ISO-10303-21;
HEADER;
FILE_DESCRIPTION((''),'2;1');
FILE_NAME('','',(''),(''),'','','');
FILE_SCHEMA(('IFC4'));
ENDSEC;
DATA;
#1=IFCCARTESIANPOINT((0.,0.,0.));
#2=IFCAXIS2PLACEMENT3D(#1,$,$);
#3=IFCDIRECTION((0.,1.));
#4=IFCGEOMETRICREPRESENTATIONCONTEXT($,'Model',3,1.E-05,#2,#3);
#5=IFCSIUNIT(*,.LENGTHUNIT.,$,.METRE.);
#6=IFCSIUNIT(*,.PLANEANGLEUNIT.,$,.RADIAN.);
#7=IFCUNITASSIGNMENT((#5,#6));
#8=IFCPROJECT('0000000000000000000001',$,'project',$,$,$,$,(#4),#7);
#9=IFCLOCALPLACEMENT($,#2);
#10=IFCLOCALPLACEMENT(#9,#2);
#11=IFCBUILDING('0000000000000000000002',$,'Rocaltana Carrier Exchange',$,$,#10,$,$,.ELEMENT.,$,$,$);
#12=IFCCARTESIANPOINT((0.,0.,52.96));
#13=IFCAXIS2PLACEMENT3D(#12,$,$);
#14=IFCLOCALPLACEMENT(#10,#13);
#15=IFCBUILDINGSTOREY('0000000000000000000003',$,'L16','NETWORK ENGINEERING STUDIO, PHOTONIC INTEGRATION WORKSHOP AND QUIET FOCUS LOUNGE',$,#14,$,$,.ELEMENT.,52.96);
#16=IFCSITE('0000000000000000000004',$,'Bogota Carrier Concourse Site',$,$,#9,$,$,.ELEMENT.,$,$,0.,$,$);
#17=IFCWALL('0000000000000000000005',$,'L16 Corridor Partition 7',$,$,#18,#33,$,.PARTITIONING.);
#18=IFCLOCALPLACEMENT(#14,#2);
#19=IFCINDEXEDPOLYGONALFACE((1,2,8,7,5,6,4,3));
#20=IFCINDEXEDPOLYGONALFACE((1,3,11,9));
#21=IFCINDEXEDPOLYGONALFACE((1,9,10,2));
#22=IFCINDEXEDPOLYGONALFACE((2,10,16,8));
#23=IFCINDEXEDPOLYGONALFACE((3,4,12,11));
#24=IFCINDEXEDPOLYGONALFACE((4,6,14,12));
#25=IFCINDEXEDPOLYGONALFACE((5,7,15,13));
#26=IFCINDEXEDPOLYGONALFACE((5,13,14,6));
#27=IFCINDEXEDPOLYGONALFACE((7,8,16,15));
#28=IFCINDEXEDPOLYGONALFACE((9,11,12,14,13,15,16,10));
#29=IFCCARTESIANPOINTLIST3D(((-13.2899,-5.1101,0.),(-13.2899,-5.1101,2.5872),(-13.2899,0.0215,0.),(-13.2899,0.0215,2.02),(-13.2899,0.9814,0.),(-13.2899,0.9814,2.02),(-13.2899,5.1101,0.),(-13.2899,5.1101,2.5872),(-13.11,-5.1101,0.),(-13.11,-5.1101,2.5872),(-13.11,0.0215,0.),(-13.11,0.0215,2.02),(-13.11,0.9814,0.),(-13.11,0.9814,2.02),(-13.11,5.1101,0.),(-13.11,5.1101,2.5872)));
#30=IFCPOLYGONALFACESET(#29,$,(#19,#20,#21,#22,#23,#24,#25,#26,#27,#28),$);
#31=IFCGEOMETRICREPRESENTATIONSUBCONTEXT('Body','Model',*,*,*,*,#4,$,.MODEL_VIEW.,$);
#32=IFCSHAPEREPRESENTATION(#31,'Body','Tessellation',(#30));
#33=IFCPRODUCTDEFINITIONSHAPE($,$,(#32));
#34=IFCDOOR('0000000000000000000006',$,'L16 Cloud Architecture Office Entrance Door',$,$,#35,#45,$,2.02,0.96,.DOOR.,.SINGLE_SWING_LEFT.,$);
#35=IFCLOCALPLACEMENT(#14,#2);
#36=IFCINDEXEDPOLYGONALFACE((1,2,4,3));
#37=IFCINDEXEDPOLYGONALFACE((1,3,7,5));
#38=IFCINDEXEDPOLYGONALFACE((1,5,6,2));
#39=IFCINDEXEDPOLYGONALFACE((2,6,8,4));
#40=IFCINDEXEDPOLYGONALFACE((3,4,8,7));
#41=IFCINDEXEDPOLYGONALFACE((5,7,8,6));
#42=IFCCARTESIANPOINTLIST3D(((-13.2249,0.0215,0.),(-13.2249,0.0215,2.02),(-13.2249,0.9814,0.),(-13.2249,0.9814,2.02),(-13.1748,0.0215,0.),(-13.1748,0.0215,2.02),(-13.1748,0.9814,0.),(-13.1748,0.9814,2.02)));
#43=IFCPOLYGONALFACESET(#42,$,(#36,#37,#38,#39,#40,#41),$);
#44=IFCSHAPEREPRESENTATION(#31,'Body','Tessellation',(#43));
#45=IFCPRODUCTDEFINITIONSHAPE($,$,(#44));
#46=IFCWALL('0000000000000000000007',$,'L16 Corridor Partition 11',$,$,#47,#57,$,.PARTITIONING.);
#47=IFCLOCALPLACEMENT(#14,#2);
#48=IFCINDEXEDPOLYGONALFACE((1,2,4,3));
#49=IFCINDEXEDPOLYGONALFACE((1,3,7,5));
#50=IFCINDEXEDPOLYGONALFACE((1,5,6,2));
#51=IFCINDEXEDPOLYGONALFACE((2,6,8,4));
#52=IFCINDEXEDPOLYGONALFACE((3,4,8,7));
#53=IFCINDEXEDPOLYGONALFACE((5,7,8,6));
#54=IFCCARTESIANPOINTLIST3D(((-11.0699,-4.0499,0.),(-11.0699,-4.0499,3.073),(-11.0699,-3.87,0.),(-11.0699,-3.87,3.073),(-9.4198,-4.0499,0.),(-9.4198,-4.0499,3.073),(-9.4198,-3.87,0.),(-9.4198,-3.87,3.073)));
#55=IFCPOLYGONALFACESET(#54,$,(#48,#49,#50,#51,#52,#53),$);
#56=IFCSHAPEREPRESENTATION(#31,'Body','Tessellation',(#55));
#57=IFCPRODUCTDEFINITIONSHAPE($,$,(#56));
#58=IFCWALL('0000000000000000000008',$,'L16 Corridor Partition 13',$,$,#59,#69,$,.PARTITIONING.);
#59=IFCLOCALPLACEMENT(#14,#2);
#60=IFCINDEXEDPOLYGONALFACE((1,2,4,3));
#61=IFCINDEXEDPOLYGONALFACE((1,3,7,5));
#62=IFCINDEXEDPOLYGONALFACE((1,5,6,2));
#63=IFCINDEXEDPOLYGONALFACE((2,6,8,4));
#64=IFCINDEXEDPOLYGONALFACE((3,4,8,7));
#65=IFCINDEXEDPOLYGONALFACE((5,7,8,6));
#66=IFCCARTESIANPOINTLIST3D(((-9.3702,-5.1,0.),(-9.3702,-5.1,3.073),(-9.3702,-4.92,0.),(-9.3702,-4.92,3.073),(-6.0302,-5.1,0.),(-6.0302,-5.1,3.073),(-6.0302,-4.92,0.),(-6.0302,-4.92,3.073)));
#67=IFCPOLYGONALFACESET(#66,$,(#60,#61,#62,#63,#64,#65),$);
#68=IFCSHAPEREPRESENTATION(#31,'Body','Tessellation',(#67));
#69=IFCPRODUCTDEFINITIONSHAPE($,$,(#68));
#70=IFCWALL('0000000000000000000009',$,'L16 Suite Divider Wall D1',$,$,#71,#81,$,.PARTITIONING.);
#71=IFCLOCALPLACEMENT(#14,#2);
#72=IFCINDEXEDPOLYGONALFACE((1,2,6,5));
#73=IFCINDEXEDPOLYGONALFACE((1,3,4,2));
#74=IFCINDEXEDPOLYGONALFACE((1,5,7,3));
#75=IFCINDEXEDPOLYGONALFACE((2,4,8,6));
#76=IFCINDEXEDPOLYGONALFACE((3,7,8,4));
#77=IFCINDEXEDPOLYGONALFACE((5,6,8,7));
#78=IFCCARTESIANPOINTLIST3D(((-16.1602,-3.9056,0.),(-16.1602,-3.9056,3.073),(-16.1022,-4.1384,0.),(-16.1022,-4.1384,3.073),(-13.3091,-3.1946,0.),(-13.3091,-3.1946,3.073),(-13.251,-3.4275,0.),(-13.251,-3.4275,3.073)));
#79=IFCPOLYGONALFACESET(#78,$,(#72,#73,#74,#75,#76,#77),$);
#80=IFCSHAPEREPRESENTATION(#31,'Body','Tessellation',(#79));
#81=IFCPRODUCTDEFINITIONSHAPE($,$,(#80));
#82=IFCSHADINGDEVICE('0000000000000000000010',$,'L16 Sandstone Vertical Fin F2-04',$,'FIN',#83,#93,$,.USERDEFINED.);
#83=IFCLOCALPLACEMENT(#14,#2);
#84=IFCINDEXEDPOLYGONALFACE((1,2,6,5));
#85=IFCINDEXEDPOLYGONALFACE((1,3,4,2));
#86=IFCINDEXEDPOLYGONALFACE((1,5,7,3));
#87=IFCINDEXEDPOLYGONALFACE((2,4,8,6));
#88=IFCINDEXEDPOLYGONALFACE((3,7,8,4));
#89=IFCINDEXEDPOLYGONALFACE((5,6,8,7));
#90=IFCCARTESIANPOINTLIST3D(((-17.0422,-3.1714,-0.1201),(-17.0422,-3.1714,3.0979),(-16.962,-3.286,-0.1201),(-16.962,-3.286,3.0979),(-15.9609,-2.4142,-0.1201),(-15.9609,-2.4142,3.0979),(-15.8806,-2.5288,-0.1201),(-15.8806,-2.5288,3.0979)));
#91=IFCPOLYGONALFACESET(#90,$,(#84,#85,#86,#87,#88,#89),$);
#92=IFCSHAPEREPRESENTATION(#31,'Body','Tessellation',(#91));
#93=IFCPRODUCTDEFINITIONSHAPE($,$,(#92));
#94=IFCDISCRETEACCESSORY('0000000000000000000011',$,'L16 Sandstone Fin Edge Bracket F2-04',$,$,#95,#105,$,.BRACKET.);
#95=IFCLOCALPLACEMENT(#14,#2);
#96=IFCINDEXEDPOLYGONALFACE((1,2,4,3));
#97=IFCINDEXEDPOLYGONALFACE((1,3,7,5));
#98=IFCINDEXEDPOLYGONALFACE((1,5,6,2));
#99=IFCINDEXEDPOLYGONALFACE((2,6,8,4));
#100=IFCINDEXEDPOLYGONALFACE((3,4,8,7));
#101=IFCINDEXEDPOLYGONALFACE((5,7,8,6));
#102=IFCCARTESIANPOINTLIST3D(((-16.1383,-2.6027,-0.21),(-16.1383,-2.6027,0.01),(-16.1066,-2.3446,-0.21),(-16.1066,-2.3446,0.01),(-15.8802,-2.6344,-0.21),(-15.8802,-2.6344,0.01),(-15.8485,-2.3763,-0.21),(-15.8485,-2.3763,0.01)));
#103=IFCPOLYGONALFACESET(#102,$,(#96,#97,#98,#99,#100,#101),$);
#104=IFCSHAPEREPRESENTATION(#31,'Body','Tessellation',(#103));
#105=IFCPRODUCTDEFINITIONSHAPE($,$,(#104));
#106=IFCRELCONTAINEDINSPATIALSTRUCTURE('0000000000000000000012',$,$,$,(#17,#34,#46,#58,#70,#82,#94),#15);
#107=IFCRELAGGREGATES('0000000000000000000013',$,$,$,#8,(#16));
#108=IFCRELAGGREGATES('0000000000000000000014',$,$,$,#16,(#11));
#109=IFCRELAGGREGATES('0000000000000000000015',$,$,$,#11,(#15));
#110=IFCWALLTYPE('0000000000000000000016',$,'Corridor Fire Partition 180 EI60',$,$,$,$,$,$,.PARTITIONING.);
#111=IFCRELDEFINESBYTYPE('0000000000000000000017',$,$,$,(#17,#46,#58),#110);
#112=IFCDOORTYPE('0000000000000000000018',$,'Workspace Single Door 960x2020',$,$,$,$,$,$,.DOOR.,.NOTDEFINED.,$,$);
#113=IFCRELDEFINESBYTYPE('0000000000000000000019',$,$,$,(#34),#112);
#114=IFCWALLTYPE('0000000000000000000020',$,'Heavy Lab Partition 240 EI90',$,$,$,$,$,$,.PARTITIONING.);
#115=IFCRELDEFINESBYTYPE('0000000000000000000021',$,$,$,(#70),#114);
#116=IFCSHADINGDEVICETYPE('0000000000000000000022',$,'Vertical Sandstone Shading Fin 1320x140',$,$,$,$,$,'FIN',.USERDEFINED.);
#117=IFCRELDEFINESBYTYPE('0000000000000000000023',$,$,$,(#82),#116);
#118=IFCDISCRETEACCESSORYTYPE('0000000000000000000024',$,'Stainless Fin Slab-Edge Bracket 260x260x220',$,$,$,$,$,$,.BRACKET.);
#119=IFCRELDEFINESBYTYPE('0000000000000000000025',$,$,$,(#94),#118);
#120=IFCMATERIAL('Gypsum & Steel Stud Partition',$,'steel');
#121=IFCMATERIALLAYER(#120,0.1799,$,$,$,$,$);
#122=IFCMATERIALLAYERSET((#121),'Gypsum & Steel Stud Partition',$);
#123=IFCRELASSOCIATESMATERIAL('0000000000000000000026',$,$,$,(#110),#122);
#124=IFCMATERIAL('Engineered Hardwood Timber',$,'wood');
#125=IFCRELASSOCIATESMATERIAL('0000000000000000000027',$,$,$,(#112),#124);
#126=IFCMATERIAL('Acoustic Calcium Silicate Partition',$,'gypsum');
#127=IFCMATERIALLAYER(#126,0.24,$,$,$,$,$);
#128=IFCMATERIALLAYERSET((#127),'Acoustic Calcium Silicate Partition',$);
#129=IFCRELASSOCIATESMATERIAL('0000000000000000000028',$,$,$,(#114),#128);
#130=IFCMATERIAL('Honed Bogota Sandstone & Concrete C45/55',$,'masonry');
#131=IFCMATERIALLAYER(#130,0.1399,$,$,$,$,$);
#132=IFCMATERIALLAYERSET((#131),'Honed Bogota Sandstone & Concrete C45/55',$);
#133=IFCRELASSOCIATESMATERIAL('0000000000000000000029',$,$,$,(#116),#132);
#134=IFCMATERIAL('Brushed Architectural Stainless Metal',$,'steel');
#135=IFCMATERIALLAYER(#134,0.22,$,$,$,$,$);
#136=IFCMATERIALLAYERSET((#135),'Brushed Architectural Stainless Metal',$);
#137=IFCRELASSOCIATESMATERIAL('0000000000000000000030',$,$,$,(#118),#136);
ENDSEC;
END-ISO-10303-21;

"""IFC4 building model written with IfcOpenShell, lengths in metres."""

from ifc_helpers import new_model, si_unit, direction, frame, frame_2d, origin, origin_2d, place, context, subcontext, project, spatial, rectangle, extrude, material, layer, layer_set, type_object, element, fill, save


model = new_model("IFC4")

# Units and contexts
model_context = context("Model", 3, precision=1e-05, world=origin(), true_north=direction((0.0, 1.0)))
body_context = subcontext(model_context, "Body", "Model", "MODEL_VIEW")
ifc_project = project(units=[si_unit("LENGTHUNIT", "METRE"), si_unit("PLANEANGLEUNIT", "RADIAN")], contexts=[model_context])

# Site, building, storey
site_placement = place(None, origin())
site = spatial("IfcSite", under=ifc_project, at=site_placement, Name="Bogota Carrier Concourse Site", CompositionType="ELEMENT", RefElevation=0.0)
building_placement = place(site_placement, origin())
building = spatial("IfcBuilding", under=site, at=building_placement, Name="Rocaltana Carrier Exchange", CompositionType="ELEMENT")
storey_placement = place(building_placement, frame((0.0, 0.0, 52.96)))
storey = spatial("IfcBuildingStorey", under=building, at=storey_placement, Name="L16", Description="NETWORK ENGINEERING STUDIO, PHOTONIC INTEGRATION WORKSHOP AND QUIET FOCUS LOUNGE", CompositionType="ELEMENT", Elevation=52.96)

# Wall, opening, door
ifc_material_1 = material(Name="Gypsum & Steel Stud Partition", Category="steel")
ifc_layer_1 = layer(ifc_material_1, 0.1799)
ifc_layer_set_1 = layer_set([ifc_layer_1], Name="Gypsum & Steel Stud Partition")
wall_type_1 = type_object("IfcWallType", Name="Corridor Fire Partition 180 EI60", PredefinedType="PARTITIONING", material=ifc_layer_set_1)
wall_1_placement = place(storey_placement, frame((-13.2, -5.1101, 0.0), z_axis=(0.0, 0.0, 1.0), x_axis=(0.0, 1.0, 0.0)))
wall_1 = element("IfcWall", 1, at=wall_1_placement, inside=storey, type_object=wall_type_1, Name="L16 Corridor Partition 7", PredefinedType="PARTITIONING", context=body_context, shape_type="SweptSolid", body=[
    extrude(rectangle(XDim=10.2202, YDim=0.1799, at=frame_2d((5.1101, 0.0))), origin(), (0.0, 0.0, 1.0), 2.5872),
])
opening_placement = place(wall_1_placement, frame((5.1316, 0.0, 0.0)))
opening = element("IfcOpeningElement", 2, at=opening_placement, cuts=wall_1, PredefinedType="OPENING", context=body_context, shape_type="SweptSolid", body=[
    extrude(rectangle(XDim=0.96, YDim=2.02, at=frame_2d((0.48, 1.01))), frame((0.0, 0.0999, 0.0), z_axis=(0.0, -1.0, 0.0), x_axis=(1.0, 0.0, 0.0)), (0.0, 0.0, 1.0), 0.2),
])
ifc_material_2 = material(Name="Engineered Hardwood Timber", Category="wood")
door_type = type_object("IfcDoorType", Name="Workspace Single Door 960x2020", OperationType="NOTDEFINED", PredefinedType="DOOR", material=ifc_material_2)
door_placement = place(opening_placement, origin())
door = element("IfcDoor", 3, at=door_placement, inside=storey, type_object=door_type, Name="L16 Cloud Architecture Office Entrance Door", OperationType="SINGLE_SWING_LEFT", OverallHeight=2.02, OverallWidth=0.96, PredefinedType="DOOR", context=body_context, shape_type="SweptSolid", body=[
    extrude(rectangle(XDim=0.96, YDim=2.02, at=frame_2d((0.48, 1.01))), frame((0.0, 0.0249, 0.0), z_axis=(0.0, -1.0, 0.0), x_axis=(1.0, 0.0, 0.0)), (0.0, 0.0, 1.0), 0.05),
])
fill(opening, door)

# Walls
wall_2_placement = place(storey_placement, frame((-11.0701, -3.96, 0.0), z_axis=(0.0, 0.0, 1.0), x_axis=(1.0, 0.0, 0.0)))
element("IfcWall", 4, at=wall_2_placement, inside=storey, type_object=wall_type_1, Name="L16 Corridor Partition 11", PredefinedType="PARTITIONING", context=body_context, shape_type="SweptSolid", body=[
    extrude(rectangle(XDim=1.6501, YDim=0.1799, at=frame_2d((0.8252, 0.0))), origin(), (0.0, 0.0, 1.0), 3.073),
])
wall_3_placement = place(storey_placement, frame((-9.3701, -5.01, 0.0), z_axis=(0.0, 0.0, 1.0), x_axis=(1.0, 0.0, 0.0)))
element("IfcWall", 5, at=wall_3_placement, inside=storey, type_object=wall_type_1, Name="L16 Corridor Partition 13", PredefinedType="PARTITIONING", context=body_context, shape_type="SweptSolid", body=[
    extrude(rectangle(XDim=3.3401, YDim=0.1799, at=frame_2d((1.6699, 0.0))), origin(), (0.0, 0.0, 1.0), 3.073),
])
ifc_material_3 = material(Name="Acoustic Calcium Silicate Partition", Category="gypsum")
ifc_layer_2 = layer(ifc_material_3, 0.24)
ifc_layer_set_2 = layer_set([ifc_layer_2], Name="Acoustic Calcium Silicate Partition")
wall_type_2 = type_object("IfcWallType", Name="Heavy Lab Partition 240 EI90", PredefinedType="PARTITIONING", material=ifc_layer_set_2)
wall_4_placement = place(storey_placement, frame((-13.28, -3.311, 0.0), z_axis=(0.0, 0.0, 1.0), x_axis=(-0.970289, -0.241949, 0.0)))
element("IfcWall", 6, at=wall_4_placement, inside=storey, type_object=wall_type_2, Name="L16 Suite Divider Wall D1", PredefinedType="PARTITIONING", context=body_context, shape_type="SweptSolid", body=[
    extrude(rectangle(XDim=2.9385, YDim=0.24, at=frame_2d((1.4692, 0.0))), origin(), (0.0, 0.0, 1.0), 3.073),
])

# Shading device
ifc_material_4 = material(Name="Honed Bogota Sandstone & Concrete C45/55", Category="masonry")
ifc_layer_3 = layer(ifc_material_4, 0.1399)
ifc_layer_set_3 = layer_set([ifc_layer_3], Name="Honed Bogota Sandstone & Concrete C45/55")
shading_device_type = type_object("IfcShadingDeviceType", Name="Vertical Sandstone Shading Fin 1320x140", ElementType="FIN", PredefinedType="USERDEFINED", material=ifc_layer_set_3)
shading_device_placement = place(storey_placement, frame((-16.4614, -2.8501, -0.1201), z_axis=(0.0, 0.0, 1.0), x_axis=(-0.819152, -0.573576, 0.0)))
element("IfcShadingDevice", 7, at=shading_device_placement, inside=storey, type_object=shading_device_type, Name="L16 Sandstone Vertical Fin F2-04", ObjectType="FIN", PredefinedType="USERDEFINED", context=body_context, shape_type="SweptSolid", body=[
    extrude(rectangle(XDim=1.3201, YDim=0.1399, at=origin_2d()), origin(), (0.0, 0.0, 1.0), 3.218),
])

# Discrete accessory
ifc_material_5 = material(Name="Brushed Architectural Stainless Metal", Category="steel")
ifc_layer_4 = layer(ifc_material_5, 0.22)
ifc_layer_set_4 = layer_set([ifc_layer_4], Name="Brushed Architectural Stainless Metal")
discrete_accessory_type = type_object("IfcDiscreteAccessoryType", Name="Stainless Fin Slab-Edge Bracket 260x260x220", PredefinedType="BRACKET", material=ifc_layer_set_4)
discrete_accessory_placement = place(storey_placement, frame((-15.9934, -2.4895, -0.21), z_axis=(0.0, 0.0, 1.0), x_axis=(-0.121869, -0.992546, 0.0)))
element("IfcDiscreteAccessory", 8, at=discrete_accessory_placement, inside=storey, type_object=discrete_accessory_type, Name="L16 Sandstone Fin Edge Bracket F2-04", PredefinedType="BRACKET", context=body_context, shape_type="SweptSolid", body=[
    extrude(rectangle(XDim=0.26, YDim=0.26, at=origin_2d()), origin(), (0.0, 0.0, 1.0), 0.22),
])

save(model, "model.ifc")
